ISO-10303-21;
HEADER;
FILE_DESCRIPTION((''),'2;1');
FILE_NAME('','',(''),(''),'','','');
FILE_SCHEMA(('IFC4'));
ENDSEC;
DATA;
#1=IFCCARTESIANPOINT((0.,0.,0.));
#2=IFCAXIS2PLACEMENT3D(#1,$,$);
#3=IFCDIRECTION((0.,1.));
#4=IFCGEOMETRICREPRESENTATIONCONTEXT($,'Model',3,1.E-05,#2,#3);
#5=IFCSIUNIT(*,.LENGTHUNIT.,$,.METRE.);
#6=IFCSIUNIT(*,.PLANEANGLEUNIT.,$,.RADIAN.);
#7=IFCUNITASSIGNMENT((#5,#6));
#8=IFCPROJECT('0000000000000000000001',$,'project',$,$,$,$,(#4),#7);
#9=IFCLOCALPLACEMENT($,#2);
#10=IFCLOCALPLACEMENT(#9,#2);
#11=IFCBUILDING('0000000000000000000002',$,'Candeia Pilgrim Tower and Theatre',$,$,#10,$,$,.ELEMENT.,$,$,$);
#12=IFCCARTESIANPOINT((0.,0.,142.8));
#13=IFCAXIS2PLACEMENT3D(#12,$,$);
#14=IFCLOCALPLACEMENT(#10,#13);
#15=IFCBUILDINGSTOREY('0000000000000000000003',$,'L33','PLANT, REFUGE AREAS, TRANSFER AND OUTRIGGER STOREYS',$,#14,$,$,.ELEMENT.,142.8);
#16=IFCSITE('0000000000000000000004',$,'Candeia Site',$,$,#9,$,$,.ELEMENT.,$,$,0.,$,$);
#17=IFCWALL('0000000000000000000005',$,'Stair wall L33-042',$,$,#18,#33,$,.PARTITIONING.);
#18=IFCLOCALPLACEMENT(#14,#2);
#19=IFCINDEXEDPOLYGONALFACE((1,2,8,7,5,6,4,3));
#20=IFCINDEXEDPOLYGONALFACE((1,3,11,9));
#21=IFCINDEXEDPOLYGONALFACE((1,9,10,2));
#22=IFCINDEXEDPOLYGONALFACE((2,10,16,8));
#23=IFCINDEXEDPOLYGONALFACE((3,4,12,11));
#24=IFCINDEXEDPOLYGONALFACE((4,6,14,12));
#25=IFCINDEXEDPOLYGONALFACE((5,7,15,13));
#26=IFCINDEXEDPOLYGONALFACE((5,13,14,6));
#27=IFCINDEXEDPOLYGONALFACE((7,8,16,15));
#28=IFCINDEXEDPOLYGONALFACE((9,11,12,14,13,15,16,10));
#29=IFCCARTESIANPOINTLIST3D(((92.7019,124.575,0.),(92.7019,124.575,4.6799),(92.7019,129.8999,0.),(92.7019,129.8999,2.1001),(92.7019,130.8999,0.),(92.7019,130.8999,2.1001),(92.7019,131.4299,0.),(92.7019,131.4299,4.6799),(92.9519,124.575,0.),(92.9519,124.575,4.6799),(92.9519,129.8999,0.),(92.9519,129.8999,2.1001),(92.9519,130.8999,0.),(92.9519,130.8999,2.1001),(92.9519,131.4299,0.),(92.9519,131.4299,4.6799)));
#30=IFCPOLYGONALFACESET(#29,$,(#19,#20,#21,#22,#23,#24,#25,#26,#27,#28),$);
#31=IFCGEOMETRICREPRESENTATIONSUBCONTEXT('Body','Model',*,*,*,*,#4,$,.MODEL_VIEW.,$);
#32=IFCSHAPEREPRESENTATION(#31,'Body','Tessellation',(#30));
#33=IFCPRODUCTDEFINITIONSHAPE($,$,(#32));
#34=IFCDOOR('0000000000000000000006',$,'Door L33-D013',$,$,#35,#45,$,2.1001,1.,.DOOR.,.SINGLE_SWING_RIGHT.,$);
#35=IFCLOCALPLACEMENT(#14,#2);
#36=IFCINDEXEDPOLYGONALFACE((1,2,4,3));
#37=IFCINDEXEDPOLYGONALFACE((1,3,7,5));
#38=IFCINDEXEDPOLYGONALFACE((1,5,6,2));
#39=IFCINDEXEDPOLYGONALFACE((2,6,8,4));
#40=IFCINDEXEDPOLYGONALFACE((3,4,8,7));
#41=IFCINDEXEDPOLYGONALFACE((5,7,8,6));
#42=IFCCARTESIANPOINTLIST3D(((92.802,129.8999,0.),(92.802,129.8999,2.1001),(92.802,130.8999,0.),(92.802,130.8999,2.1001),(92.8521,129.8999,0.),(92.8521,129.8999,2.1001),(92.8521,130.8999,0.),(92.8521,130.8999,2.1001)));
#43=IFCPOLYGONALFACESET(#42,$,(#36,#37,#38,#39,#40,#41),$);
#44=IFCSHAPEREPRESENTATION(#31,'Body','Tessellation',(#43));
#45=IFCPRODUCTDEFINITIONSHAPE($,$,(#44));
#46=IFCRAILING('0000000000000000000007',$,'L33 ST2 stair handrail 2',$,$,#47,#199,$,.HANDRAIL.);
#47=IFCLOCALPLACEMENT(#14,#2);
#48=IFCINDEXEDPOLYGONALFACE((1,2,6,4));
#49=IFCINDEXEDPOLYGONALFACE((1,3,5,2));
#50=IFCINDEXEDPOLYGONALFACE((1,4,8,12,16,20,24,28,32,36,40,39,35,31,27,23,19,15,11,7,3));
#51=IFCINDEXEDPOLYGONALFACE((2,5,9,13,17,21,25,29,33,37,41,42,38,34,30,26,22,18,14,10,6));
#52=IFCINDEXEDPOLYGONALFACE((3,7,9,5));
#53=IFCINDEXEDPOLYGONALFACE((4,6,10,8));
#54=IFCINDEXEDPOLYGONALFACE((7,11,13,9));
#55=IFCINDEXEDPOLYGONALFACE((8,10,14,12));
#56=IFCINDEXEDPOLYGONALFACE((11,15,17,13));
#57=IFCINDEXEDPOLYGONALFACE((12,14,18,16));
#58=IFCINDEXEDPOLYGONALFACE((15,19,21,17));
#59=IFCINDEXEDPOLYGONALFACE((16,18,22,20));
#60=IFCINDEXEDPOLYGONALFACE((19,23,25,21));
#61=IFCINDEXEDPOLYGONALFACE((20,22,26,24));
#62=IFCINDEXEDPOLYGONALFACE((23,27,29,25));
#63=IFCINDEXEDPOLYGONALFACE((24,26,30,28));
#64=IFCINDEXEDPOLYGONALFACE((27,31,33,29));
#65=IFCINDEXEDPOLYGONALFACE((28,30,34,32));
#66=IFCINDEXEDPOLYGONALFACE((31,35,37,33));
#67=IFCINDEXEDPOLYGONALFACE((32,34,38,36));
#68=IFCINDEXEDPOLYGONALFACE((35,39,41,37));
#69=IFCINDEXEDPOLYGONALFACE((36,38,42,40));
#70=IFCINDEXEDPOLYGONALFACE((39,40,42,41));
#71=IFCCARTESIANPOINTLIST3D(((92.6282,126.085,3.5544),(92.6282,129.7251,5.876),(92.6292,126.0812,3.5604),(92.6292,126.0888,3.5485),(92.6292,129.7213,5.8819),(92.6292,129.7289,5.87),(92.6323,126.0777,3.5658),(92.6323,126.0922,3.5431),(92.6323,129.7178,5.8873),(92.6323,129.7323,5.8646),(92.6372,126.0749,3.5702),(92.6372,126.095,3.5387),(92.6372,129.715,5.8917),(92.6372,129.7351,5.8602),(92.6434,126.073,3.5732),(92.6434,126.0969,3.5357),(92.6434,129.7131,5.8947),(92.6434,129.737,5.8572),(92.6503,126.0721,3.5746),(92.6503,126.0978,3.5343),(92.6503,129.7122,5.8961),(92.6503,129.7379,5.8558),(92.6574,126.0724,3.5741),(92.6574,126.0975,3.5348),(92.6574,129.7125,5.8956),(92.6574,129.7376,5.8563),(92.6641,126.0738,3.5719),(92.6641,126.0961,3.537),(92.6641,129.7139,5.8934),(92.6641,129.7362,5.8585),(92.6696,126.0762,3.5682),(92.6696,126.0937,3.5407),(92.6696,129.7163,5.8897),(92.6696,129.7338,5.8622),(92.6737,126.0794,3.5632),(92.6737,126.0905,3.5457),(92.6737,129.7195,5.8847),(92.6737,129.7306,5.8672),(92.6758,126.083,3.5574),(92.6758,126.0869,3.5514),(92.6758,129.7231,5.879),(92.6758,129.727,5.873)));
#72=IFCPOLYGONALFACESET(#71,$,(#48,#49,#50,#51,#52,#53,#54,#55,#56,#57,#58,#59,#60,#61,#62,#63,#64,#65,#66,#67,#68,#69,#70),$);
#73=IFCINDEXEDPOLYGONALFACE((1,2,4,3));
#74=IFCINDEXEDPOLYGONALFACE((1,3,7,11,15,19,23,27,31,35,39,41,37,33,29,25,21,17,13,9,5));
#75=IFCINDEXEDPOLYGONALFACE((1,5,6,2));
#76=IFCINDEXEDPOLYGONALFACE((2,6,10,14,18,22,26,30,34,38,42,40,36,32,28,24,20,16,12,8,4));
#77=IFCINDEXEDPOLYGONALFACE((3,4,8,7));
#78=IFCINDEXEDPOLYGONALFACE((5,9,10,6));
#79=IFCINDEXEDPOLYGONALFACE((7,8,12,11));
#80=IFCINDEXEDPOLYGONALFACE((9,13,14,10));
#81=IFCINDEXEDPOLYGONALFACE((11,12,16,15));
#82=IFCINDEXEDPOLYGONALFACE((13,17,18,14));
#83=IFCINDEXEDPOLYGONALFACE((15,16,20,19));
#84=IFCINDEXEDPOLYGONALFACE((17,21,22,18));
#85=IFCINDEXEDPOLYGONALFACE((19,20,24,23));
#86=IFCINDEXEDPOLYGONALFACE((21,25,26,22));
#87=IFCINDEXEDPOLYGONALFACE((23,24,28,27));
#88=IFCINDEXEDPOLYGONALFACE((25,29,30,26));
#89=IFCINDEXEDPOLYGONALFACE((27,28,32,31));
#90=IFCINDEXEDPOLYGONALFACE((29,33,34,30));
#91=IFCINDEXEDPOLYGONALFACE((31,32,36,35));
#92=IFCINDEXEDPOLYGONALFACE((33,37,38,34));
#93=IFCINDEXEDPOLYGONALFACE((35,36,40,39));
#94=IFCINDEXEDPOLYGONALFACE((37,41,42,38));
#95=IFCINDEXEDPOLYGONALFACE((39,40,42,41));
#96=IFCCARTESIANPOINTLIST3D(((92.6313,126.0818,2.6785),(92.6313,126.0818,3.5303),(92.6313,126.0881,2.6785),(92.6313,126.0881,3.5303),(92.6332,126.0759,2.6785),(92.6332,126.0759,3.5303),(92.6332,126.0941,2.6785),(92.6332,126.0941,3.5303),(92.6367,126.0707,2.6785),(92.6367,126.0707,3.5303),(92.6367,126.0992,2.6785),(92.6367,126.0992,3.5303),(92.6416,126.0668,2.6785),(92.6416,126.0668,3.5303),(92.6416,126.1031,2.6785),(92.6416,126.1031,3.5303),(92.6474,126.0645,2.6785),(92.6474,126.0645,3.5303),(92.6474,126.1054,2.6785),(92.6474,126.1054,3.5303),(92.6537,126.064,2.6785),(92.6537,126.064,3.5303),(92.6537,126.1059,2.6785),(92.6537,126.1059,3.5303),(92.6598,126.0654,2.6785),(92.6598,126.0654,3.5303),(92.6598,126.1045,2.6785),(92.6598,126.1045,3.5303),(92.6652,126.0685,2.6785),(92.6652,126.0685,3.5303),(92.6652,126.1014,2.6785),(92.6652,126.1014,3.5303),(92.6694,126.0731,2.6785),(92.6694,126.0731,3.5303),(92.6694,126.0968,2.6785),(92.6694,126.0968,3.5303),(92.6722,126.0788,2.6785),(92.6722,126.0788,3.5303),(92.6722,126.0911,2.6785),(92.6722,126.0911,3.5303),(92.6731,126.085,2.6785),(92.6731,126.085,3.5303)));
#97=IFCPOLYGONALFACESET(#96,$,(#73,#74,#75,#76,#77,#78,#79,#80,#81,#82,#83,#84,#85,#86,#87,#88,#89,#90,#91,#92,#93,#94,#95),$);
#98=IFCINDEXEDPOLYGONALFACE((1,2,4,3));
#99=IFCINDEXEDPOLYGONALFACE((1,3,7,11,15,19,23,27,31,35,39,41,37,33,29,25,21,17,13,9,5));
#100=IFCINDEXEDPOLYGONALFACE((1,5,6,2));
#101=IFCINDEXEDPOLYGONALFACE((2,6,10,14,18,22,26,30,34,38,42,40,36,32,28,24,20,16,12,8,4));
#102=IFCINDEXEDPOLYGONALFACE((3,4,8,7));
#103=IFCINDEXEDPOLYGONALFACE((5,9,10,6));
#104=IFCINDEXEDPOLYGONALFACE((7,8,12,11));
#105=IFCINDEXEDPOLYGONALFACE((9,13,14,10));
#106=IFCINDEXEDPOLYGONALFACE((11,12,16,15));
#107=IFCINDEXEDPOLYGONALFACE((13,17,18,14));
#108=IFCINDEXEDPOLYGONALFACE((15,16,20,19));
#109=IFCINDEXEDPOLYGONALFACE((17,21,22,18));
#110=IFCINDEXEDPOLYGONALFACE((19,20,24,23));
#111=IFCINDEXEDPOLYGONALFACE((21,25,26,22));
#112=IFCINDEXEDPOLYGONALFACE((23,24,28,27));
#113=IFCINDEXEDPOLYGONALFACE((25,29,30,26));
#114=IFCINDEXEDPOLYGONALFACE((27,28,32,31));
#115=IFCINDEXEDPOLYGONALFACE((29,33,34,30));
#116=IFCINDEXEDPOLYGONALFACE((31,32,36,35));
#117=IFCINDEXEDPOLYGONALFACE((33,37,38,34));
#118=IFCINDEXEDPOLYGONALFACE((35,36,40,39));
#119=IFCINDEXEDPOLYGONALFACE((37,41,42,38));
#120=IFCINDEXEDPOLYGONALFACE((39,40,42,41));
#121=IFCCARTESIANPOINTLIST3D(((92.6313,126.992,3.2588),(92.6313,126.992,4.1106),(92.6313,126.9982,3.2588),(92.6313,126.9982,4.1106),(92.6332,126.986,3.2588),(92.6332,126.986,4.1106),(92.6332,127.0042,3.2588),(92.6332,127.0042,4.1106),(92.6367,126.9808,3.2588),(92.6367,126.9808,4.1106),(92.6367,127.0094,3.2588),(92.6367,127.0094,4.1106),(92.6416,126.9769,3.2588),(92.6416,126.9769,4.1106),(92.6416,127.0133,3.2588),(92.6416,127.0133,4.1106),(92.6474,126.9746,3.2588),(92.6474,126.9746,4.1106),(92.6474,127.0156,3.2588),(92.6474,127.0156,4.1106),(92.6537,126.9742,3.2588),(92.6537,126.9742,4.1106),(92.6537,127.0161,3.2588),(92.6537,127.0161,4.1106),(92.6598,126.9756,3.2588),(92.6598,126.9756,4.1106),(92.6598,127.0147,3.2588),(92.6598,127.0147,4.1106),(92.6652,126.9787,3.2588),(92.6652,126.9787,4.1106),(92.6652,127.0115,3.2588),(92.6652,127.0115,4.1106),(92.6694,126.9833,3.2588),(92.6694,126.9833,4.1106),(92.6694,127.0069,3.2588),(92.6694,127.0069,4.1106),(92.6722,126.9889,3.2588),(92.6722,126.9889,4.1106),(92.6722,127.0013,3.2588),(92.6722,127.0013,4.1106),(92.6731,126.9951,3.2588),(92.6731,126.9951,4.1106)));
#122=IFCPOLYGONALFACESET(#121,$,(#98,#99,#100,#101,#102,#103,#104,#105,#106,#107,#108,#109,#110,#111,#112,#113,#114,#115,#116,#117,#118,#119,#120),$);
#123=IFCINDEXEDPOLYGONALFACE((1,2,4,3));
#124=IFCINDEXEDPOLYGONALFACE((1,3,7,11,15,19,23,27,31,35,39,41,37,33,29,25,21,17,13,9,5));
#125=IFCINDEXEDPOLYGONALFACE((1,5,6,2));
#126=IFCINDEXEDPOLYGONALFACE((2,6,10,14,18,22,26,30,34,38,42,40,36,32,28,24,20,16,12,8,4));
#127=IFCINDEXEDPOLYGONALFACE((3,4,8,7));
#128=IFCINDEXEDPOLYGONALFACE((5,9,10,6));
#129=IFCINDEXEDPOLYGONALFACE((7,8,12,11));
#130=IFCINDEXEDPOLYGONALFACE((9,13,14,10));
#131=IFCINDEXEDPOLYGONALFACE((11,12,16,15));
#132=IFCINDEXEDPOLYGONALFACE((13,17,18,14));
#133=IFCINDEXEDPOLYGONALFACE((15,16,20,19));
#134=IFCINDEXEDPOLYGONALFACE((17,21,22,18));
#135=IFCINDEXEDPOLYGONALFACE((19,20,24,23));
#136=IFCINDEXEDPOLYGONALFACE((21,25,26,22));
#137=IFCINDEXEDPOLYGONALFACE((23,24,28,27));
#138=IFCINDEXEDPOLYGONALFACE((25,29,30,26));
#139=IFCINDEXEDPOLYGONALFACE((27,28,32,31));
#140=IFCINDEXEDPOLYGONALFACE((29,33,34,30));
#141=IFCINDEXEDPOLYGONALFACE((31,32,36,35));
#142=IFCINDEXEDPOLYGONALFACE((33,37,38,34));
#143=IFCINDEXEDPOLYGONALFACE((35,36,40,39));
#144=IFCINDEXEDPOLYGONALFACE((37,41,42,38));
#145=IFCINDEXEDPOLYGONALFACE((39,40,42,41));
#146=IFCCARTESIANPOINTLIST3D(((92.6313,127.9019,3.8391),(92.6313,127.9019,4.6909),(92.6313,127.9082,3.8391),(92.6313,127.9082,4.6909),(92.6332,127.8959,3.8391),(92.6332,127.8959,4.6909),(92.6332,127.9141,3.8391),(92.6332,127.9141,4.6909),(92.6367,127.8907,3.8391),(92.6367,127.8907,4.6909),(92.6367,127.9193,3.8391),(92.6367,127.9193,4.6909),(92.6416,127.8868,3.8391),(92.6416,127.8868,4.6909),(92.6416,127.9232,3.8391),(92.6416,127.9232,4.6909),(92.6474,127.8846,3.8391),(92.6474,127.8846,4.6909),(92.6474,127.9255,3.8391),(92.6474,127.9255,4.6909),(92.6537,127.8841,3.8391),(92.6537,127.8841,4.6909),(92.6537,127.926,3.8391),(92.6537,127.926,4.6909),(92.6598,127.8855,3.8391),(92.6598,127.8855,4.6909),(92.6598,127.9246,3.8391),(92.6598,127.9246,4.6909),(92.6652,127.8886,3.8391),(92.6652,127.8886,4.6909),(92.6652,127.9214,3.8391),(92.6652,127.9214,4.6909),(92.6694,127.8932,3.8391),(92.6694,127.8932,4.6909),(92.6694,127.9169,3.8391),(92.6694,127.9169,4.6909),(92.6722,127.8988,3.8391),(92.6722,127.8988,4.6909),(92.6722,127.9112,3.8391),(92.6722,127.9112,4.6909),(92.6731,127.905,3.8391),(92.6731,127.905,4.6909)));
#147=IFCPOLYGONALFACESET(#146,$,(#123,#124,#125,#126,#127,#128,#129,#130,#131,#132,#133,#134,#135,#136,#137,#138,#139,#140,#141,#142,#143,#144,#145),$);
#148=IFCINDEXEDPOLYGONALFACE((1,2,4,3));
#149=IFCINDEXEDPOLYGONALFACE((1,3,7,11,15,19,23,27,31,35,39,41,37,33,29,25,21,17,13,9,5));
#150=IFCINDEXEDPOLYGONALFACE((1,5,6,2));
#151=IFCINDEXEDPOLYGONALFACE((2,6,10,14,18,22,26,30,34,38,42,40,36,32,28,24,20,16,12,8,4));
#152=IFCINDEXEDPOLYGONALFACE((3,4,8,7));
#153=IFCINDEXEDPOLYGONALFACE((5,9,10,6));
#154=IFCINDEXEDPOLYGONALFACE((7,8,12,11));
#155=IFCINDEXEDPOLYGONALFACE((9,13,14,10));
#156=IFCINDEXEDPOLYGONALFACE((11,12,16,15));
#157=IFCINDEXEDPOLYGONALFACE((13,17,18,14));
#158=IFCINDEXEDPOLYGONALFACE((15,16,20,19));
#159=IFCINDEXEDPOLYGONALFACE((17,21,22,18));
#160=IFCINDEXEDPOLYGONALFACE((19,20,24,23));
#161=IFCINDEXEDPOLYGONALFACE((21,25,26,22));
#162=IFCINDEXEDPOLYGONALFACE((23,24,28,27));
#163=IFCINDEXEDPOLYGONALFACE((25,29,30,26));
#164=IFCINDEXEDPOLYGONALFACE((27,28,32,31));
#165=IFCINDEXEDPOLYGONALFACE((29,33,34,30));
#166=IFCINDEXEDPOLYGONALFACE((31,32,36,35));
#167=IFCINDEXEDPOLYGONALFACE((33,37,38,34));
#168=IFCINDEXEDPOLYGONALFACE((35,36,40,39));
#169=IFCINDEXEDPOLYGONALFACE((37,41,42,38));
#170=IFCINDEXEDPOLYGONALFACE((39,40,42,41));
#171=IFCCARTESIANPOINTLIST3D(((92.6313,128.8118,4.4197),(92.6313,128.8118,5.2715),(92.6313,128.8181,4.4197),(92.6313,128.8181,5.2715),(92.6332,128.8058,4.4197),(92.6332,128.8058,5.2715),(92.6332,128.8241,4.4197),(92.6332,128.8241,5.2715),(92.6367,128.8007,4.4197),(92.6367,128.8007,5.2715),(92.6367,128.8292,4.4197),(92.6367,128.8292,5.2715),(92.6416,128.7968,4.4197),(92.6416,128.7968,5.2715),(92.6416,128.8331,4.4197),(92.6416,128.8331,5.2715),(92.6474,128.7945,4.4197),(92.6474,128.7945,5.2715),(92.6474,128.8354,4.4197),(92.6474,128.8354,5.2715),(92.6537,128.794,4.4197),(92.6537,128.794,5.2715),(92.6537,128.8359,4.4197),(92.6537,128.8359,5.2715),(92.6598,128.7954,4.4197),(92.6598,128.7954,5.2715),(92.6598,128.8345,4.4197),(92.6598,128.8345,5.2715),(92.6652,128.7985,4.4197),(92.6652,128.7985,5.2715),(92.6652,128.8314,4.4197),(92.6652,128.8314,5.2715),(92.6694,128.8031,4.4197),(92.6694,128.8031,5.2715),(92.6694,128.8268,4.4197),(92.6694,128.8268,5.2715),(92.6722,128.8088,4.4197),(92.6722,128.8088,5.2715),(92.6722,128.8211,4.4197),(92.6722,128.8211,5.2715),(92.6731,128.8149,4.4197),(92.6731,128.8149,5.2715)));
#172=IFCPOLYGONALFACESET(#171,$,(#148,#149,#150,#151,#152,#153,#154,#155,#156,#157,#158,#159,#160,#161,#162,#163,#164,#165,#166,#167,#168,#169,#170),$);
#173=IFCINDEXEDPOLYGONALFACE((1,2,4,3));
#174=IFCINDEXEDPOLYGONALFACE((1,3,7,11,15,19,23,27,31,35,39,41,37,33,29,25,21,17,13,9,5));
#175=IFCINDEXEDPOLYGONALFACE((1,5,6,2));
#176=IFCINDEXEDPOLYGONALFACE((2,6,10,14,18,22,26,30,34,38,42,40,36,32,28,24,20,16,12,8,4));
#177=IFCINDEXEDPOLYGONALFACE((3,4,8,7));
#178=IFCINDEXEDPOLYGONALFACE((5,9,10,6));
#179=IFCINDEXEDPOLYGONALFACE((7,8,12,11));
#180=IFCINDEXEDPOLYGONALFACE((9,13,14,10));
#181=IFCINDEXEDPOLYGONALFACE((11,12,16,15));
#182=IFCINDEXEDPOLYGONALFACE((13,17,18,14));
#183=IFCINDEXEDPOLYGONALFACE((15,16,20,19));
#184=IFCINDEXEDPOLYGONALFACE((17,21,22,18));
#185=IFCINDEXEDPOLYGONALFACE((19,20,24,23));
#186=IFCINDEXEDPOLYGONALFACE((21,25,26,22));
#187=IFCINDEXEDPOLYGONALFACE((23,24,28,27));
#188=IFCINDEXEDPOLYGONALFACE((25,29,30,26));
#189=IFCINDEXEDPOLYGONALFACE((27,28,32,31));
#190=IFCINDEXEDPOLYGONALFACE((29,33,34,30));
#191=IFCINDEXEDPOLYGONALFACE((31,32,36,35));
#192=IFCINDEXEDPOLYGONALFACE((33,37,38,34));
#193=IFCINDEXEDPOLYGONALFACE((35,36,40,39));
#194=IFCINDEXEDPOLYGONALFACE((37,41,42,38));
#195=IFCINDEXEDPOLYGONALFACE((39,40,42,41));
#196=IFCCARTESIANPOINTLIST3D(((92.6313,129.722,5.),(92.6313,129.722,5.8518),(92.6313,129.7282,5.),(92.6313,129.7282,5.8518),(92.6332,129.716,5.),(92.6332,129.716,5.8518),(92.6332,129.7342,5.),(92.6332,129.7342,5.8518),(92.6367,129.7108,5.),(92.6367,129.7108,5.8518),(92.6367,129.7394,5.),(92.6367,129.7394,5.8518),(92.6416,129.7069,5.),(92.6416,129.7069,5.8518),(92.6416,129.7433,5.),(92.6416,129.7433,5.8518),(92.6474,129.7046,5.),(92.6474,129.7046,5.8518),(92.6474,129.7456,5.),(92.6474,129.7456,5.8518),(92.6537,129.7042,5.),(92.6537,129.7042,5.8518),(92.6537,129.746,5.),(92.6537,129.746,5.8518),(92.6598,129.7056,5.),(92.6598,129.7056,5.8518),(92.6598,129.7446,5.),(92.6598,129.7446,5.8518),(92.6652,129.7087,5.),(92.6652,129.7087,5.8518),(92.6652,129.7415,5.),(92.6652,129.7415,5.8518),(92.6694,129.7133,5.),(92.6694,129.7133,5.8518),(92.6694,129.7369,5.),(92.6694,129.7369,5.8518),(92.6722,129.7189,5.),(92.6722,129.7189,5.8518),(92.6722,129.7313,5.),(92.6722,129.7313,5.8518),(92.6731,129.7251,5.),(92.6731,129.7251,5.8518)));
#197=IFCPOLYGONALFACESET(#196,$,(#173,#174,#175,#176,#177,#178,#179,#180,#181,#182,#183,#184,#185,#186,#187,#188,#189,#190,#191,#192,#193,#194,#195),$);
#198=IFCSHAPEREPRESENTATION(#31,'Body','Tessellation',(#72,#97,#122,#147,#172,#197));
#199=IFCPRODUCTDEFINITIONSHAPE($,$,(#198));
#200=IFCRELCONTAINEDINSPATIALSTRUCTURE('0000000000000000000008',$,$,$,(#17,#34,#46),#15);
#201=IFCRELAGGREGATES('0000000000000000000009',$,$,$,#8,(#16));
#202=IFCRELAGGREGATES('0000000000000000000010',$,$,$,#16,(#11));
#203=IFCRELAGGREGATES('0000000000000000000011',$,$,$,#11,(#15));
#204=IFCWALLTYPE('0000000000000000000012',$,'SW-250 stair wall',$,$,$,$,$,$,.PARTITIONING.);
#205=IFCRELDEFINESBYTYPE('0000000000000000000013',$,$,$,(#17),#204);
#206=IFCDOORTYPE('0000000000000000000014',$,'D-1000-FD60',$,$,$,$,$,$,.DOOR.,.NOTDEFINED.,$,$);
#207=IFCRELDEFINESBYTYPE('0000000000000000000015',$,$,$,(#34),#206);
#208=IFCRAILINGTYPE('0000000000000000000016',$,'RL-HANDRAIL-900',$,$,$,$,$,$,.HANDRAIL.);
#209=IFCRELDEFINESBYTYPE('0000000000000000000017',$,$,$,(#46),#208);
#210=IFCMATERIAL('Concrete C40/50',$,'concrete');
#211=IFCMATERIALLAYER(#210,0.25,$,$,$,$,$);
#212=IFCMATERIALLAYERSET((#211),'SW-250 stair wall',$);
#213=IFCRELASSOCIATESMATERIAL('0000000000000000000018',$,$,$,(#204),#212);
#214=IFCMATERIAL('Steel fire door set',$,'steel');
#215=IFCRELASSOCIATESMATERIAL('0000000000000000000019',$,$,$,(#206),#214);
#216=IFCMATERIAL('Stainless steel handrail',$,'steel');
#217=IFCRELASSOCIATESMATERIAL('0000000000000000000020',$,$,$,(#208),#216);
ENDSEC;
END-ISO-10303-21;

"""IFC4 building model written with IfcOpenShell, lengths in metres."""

from ifc_helpers import new_model, si_unit, direction, frame, frame_2d, origin, origin_2d, place, context, subcontext, project, spatial, rectangle, circle, extrude, material, layer, layer_set, type_object, element, fill, save


model = new_model("IFC4")

# Units and contexts
model_context = context("Model", 3, precision=1e-05, world=origin(), true_north=direction((0.0, 1.0)))
body_context = subcontext(model_context, "Body", "Model", "MODEL_VIEW")
ifc_project = project(units=[si_unit("LENGTHUNIT", "METRE"), si_unit("PLANEANGLEUNIT", "RADIAN")], contexts=[model_context])

# Site, building, storey
site_placement = place(None, origin())
site = spatial("IfcSite", under=ifc_project, at=site_placement, Name="Candeia Site", CompositionType="ELEMENT", RefElevation=0.0)
building_placement = place(site_placement, origin())
building = spatial("IfcBuilding", under=site, at=building_placement, Name="Candeia Pilgrim Tower and Theatre", CompositionType="ELEMENT")
storey_placement = place(building_placement, frame((0.0, 0.0, 142.8)))
storey = spatial("IfcBuildingStorey", under=building, at=storey_placement, Name="L33", Description="PLANT, REFUGE AREAS, TRANSFER AND OUTRIGGER STOREYS", CompositionType="ELEMENT", Elevation=142.8)

# Shared definitions
ifc_material_1 = material(Name="Steel fire door set", Category="steel")

# Shared definitions
ifc_material_2 = material(Name="Concrete C40/50", Category="concrete")

# Wall, opening, door
ifc_layer_1 = layer(ifc_material_2, 0.25)
ifc_layer_set_1 = layer_set([ifc_layer_1], Name="SW-250 stair wall")
wall_type_1 = type_object("IfcWallType", Name="SW-250 stair wall", PredefinedType="PARTITIONING", material=ifc_layer_set_1)
wall_1_placement = place(storey_placement, frame((92.8269, 124.575, 0.0), z_axis=(0.0, 0.0, 1.0), x_axis=(0.0, 1.0, 0.0)))
wall_1 = element("IfcWall", 1, at=wall_1_placement, inside=storey, type_object=wall_type_1, Name="Stair wall L33-042", PredefinedType="PARTITIONING", context=body_context, shape_type="SweptSolid", body=[
    extrude(rectangle(XDim=6.855, YDim=0.25, at=frame_2d((3.4275, 0.0))), origin(), (0.0, 0.0, 1.0), 4.6799),
])
opening_1_placement = place(wall_1_placement, frame((5.325, 0.0, 0.0)))
opening_1 = element("IfcOpeningElement", 2, at=opening_1_placement, cuts=wall_1, PredefinedType="OPENING", context=body_context, shape_type="SweptSolid", body=[
    extrude(rectangle(XDim=1.0, YDim=2.1001, at=frame_2d((0.5, 1.05))), frame((0.0, 0.135, 0.0), z_axis=(0.0, -1.0, 0.0), x_axis=(1.0, 0.0, 0.0)), (0.0, 0.0, 1.0), 0.27),
])
door_type_1 = type_object("IfcDoorType", Name="D-1000-FD60", OperationType="NOTDEFINED", PredefinedType="DOOR", material=ifc_material_1)
door_1_placement = place(opening_1_placement, origin())
door_1 = element("IfcDoor", 3, at=door_1_placement, inside=storey, type_object=door_type_1, Name="Door L33-D013", OperationType="SINGLE_SWING_RIGHT", OverallHeight=2.1001, OverallWidth=1.0, PredefinedType="DOOR", context=body_context, shape_type="SweptSolid", body=[
    extrude(rectangle(XDim=1.0, YDim=2.1001, at=frame_2d((0.5, 1.05))), frame((0.0, 0.0249, 0.0), z_axis=(0.0, -1.0, 0.0), x_axis=(1.0, 0.0, 0.0)), (0.0, 0.0, 1.0), 0.05),
])
fill(opening_1, door_1)

# Railing
ifc_material_3 = material(Name="Stainless steel handrail", Category="steel")
railing_type = type_object("IfcRailingType", Name="RL-HANDRAIL-900", PredefinedType="HANDRAIL", material=ifc_material_3)
railing_placement = place(storey_placement, frame((92.6521, 126.085, 2.6785)))
element("IfcRailing", 4, at=railing_placement, inside=storey, type_object=railing_type, Name="L33 ST2 stair handrail 2", PredefinedType="HANDRAIL", context=body_context, shape_type="SweptSolid", body=[
    extrude(circle(Radius=0.0239, at=origin_2d()), frame((0.0, 0.0, 0.876), z_axis=(0.0, 0.843128, 0.537713), x_axis=(-1.0, 0.0, 0.0)), (0.0, 0.0, 1.0), 4.3174),
    extrude(circle(Radius=0.021, at=origin_2d()), origin(), (0.0, 0.0, 1.0), 0.8518),
    extrude(circle(Radius=0.021, at=origin_2d()), frame((0.0, 0.9102, 0.5803)), (0.0, 0.0, 1.0), 0.8518),
    extrude(circle(Radius=0.021, at=origin_2d()), frame((0.0, 1.8201, 1.1606)), (0.0, 0.0, 1.0), 0.8518),
    extrude(circle(Radius=0.021, at=origin_2d()), frame((0.0, 2.73, 1.7412)), (0.0, 0.0, 1.0), 0.8518),
    extrude(circle(Radius=0.021, at=origin_2d()), frame((0.0, 3.6401, 2.3215)), (0.0, 0.0, 1.0), 0.8518),
])

save(model, "model.ifc")
